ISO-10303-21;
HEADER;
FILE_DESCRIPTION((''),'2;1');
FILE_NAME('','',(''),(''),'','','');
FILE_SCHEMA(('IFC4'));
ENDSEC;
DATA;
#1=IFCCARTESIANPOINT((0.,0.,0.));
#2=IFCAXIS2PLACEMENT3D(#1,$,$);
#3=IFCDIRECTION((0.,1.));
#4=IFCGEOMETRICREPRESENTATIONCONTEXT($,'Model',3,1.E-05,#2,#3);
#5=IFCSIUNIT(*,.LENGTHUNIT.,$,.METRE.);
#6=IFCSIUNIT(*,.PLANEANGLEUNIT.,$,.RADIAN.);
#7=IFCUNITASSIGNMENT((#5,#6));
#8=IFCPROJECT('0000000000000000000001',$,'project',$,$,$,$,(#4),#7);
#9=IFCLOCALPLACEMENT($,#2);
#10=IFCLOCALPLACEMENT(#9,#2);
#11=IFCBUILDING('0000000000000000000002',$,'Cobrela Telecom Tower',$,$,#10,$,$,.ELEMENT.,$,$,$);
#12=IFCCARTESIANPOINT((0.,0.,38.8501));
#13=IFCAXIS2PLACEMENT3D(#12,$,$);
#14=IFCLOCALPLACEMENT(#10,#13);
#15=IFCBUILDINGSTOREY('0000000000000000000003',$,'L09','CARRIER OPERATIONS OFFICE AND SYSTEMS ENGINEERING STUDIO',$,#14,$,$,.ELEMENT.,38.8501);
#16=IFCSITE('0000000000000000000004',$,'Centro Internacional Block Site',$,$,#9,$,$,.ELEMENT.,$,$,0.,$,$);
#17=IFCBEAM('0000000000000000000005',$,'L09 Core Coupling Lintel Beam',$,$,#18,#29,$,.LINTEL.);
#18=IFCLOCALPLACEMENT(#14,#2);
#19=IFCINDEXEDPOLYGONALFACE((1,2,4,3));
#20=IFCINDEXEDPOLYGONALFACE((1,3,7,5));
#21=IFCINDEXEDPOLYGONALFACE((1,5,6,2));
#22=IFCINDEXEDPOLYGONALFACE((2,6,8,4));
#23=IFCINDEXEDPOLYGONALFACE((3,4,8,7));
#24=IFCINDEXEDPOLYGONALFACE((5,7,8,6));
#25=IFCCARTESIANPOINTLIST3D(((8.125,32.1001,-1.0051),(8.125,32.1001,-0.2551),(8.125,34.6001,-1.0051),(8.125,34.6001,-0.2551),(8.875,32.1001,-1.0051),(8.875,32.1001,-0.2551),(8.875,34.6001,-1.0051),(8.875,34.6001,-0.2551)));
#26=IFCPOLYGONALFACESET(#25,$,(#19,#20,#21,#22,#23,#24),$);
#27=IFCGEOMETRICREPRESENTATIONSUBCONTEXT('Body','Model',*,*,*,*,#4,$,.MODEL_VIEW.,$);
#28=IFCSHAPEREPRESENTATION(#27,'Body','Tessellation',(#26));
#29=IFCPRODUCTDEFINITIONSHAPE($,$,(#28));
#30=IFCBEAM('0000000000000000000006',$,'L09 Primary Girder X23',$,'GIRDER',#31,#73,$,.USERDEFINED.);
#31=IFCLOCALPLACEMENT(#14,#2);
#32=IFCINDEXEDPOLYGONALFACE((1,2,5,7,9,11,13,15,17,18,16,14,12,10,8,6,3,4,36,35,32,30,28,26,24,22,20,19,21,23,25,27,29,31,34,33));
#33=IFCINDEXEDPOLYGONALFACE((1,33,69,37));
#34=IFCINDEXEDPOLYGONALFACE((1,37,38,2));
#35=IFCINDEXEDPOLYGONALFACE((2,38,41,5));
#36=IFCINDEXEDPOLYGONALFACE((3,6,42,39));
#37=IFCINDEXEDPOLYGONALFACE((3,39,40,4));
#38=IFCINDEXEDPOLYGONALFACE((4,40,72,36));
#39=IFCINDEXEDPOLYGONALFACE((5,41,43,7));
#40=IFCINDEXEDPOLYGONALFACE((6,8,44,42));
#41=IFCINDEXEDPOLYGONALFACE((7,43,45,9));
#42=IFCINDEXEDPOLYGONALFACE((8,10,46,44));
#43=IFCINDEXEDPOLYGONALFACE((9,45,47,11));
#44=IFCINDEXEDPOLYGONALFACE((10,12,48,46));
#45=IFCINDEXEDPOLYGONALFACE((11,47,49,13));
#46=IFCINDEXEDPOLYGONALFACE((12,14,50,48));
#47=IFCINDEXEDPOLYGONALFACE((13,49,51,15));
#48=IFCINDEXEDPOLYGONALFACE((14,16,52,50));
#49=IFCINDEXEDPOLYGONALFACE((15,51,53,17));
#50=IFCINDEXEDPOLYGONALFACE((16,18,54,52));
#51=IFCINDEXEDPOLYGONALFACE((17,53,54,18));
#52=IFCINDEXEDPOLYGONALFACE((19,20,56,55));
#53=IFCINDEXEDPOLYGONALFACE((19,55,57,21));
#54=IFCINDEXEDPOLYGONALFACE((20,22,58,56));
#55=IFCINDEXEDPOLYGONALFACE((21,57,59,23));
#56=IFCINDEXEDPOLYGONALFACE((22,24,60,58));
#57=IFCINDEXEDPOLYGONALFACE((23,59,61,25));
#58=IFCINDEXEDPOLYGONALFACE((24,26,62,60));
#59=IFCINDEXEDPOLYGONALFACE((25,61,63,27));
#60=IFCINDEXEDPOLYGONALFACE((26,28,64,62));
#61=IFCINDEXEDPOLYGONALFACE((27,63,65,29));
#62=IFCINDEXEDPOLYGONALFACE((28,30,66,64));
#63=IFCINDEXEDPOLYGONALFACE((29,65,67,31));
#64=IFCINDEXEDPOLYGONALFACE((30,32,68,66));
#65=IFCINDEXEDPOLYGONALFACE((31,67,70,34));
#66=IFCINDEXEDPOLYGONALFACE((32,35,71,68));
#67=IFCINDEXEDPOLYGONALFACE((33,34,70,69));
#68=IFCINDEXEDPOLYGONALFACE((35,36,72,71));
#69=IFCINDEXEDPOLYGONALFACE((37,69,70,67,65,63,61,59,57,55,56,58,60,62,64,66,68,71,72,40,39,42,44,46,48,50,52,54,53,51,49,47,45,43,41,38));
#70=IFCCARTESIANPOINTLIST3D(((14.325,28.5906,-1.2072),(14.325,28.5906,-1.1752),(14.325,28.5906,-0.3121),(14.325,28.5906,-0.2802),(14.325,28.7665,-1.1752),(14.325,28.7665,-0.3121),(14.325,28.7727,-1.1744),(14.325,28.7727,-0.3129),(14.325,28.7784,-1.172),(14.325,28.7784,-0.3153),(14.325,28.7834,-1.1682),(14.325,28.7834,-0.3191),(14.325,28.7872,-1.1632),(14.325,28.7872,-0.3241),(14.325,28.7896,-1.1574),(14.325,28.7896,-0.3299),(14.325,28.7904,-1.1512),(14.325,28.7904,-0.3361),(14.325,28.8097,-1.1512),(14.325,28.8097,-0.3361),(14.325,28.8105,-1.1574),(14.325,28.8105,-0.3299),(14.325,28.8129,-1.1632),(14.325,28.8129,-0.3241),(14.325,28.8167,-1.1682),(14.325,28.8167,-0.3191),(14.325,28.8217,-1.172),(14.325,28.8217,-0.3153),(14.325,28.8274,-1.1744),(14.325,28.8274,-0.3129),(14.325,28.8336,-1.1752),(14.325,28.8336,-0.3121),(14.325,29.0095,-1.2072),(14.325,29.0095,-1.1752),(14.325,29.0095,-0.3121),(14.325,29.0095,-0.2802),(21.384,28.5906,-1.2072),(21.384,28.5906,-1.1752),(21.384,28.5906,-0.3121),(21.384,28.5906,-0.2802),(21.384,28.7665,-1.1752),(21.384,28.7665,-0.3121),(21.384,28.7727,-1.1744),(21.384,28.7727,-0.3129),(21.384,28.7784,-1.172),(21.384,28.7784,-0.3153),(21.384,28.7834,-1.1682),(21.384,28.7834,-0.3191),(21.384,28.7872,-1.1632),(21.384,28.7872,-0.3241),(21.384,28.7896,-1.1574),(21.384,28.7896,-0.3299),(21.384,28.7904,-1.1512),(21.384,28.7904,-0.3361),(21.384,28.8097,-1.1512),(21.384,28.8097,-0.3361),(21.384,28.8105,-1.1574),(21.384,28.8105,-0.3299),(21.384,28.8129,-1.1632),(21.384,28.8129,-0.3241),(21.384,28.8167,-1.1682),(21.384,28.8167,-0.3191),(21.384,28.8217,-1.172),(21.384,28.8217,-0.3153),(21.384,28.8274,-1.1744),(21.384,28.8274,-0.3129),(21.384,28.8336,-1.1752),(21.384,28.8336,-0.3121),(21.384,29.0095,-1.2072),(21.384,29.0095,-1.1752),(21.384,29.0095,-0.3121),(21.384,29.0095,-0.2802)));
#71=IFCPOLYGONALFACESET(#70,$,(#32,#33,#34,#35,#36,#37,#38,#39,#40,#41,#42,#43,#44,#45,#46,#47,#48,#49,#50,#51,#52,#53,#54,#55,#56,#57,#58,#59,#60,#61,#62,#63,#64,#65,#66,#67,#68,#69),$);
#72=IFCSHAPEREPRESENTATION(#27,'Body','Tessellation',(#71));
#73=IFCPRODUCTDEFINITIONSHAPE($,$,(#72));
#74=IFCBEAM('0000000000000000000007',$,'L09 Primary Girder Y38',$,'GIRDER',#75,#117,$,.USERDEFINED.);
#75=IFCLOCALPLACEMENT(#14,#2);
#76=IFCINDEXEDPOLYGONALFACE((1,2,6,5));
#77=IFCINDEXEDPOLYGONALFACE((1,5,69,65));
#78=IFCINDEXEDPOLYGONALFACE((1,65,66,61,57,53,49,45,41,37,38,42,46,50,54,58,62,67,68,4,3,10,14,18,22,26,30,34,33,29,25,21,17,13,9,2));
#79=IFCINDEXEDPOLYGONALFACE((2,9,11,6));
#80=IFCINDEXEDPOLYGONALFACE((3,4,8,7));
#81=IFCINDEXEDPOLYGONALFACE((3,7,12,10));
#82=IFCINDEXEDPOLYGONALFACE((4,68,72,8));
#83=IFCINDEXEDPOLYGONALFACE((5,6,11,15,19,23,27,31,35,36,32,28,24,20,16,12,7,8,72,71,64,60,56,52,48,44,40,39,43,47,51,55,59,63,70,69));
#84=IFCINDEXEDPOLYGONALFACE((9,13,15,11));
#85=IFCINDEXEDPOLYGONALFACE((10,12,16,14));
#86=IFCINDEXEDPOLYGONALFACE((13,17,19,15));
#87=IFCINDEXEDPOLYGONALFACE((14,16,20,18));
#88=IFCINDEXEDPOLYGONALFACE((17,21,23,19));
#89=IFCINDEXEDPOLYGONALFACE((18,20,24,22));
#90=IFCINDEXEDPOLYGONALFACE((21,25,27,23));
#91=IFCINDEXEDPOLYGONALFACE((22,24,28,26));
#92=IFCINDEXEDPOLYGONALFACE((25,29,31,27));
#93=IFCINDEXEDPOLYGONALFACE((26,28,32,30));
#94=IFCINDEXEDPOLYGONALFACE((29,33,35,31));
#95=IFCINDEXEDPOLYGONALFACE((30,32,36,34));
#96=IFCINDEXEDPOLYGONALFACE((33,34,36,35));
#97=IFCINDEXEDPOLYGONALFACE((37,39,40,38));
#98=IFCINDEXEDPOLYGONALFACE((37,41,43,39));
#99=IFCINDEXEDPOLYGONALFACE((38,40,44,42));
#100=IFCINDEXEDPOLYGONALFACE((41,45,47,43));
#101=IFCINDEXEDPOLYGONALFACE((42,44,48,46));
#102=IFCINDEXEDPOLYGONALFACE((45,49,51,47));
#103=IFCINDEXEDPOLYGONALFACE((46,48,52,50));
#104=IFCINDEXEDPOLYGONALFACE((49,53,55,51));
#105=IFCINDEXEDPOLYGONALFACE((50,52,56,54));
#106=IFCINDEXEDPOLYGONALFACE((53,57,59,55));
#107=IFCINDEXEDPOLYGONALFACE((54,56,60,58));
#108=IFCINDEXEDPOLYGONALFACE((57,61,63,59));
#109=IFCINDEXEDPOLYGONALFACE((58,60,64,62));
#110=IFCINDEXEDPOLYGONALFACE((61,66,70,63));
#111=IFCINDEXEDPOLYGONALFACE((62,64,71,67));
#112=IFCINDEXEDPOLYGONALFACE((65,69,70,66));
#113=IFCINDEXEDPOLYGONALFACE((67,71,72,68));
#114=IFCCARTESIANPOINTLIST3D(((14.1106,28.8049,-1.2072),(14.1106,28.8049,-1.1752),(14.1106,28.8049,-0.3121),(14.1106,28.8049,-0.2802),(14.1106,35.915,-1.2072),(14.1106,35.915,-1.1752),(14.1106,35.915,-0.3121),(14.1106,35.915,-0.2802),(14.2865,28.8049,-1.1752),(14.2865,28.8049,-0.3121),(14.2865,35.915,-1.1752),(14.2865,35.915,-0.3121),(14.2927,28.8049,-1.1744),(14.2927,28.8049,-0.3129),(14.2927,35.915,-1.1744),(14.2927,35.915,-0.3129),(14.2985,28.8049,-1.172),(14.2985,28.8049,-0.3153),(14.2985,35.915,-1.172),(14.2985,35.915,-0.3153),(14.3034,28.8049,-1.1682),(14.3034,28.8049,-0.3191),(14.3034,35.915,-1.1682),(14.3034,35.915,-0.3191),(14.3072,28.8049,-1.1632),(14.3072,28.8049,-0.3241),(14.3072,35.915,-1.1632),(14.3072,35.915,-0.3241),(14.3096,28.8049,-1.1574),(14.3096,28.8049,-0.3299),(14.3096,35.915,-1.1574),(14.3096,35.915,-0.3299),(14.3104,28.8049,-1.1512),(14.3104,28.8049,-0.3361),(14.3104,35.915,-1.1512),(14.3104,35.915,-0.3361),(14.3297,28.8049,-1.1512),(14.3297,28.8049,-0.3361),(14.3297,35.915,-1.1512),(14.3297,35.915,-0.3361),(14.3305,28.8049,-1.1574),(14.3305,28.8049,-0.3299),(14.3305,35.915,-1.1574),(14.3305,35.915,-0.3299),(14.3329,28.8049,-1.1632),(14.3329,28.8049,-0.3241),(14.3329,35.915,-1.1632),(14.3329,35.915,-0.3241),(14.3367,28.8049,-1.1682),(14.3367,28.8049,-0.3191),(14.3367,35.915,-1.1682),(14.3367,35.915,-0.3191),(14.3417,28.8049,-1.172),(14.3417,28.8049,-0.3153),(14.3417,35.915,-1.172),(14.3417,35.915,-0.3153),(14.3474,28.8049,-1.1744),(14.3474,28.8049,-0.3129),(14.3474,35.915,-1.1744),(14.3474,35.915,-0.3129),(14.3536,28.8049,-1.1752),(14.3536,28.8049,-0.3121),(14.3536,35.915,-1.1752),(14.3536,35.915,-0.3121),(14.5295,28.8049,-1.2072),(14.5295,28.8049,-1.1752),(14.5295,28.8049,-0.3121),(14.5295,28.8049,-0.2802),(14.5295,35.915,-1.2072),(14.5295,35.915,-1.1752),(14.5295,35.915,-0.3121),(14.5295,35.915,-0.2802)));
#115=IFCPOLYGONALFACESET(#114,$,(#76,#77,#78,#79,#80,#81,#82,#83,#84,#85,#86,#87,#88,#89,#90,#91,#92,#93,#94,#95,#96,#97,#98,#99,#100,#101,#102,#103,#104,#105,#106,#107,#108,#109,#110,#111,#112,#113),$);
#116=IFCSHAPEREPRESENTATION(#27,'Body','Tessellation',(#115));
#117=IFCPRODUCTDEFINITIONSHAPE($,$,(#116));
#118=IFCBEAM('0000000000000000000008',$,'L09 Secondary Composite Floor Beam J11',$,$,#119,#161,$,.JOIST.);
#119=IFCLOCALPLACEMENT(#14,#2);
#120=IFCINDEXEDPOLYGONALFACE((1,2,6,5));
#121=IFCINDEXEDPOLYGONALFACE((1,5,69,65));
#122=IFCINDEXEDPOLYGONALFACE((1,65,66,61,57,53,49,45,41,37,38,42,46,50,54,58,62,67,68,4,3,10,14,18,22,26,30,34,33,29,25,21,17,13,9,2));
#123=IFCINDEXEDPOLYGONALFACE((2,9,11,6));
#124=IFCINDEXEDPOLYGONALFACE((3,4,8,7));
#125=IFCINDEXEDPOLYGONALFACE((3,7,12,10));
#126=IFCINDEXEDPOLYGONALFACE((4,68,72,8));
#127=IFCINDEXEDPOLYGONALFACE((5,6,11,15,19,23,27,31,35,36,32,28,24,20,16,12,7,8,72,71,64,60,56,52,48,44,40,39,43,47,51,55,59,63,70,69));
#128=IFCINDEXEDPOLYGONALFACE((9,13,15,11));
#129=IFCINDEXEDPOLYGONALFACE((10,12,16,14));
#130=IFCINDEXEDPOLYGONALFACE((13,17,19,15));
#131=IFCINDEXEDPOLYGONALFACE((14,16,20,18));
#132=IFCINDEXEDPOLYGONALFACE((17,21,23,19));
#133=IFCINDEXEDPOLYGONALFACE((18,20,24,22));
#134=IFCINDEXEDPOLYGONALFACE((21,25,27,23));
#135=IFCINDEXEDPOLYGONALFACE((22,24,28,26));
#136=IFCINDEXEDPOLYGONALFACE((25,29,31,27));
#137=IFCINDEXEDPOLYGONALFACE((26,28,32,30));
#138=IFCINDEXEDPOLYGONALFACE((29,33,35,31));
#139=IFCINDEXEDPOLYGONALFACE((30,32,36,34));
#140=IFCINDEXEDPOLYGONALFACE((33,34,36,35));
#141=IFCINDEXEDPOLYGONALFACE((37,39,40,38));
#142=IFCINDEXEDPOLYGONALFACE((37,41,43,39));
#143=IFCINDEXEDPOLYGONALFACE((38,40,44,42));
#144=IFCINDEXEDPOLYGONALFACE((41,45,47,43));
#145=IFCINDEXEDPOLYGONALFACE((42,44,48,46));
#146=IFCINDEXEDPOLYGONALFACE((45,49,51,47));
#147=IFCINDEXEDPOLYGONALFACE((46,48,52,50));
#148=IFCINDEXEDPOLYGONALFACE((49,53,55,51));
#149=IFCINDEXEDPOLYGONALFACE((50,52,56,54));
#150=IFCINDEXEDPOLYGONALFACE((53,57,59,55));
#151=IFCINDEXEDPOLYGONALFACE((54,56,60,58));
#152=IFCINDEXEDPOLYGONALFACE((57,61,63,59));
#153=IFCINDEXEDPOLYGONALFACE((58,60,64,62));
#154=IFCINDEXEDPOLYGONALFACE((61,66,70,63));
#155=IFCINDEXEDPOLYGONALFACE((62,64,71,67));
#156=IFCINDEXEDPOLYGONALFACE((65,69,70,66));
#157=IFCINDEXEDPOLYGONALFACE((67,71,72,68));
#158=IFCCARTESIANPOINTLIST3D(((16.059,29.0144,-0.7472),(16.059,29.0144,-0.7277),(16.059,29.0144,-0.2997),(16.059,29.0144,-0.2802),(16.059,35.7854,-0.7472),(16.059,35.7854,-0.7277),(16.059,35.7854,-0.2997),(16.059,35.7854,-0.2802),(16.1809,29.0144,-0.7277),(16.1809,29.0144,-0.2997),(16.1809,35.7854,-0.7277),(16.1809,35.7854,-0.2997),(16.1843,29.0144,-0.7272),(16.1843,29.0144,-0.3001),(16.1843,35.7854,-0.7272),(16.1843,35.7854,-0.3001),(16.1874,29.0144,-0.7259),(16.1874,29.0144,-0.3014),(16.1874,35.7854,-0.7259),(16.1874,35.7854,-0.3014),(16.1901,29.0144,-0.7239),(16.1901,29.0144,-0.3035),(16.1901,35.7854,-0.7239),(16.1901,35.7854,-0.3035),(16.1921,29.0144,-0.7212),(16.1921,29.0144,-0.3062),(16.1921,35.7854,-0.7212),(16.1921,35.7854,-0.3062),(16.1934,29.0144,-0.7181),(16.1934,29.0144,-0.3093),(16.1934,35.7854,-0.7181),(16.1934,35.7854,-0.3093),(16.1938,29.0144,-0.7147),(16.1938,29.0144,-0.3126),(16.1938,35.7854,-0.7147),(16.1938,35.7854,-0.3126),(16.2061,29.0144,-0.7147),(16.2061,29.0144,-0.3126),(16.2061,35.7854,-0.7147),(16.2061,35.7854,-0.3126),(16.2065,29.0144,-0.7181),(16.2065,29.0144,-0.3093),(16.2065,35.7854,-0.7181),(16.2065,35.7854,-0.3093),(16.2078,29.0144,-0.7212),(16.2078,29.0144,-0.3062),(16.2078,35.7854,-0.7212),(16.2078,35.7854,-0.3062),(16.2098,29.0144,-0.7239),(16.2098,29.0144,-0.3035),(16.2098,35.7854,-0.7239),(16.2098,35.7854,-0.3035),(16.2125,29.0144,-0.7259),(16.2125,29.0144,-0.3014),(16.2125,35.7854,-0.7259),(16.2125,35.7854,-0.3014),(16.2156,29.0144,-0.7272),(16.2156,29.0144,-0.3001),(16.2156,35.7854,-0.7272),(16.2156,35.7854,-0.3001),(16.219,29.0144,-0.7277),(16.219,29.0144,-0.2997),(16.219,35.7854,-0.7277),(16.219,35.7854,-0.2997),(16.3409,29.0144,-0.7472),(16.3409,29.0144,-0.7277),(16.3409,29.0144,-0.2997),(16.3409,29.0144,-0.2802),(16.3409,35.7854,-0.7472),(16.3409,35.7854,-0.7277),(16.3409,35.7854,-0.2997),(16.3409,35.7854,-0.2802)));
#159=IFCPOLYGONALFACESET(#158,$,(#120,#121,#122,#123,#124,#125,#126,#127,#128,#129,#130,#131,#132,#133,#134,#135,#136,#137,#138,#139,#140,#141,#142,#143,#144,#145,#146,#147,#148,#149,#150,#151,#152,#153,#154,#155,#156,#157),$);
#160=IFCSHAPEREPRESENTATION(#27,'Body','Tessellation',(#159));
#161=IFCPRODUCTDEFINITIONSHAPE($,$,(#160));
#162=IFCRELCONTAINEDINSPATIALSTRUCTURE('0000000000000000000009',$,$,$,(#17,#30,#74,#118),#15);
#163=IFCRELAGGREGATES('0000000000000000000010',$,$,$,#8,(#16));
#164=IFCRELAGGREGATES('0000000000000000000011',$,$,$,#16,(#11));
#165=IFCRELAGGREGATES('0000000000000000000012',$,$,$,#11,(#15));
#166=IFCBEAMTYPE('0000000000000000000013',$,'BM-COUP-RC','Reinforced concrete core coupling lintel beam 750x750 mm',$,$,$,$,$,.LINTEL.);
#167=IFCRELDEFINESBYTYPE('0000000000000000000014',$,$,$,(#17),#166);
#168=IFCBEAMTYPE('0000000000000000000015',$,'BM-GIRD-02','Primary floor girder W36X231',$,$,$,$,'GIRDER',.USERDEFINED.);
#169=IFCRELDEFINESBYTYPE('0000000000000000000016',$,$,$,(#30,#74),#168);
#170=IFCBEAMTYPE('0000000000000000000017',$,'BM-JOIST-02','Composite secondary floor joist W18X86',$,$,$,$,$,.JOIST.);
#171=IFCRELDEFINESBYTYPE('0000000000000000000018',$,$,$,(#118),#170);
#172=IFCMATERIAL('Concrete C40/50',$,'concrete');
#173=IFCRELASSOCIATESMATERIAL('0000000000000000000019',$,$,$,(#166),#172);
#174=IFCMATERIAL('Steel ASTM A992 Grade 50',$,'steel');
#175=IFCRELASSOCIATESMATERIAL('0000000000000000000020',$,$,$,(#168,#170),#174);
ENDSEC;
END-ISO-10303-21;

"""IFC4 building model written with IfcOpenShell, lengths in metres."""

from ifc_helpers import new_model, si_unit, direction, frame, origin, origin_2d, place, context, subcontext, project, spatial, rectangle, i_section, extrude, material, material_profile, profile_set, type_object, element, save


model = new_model("IFC4")

# Units and contexts
model_context = context("Model", 3, precision=1e-05, world=origin(), true_north=direction((0.0, 1.0)))
body_context = subcontext(model_context, "Body", "Model", "MODEL_VIEW")
ifc_project = project(units=[si_unit("LENGTHUNIT", "METRE"), si_unit("PLANEANGLEUNIT", "RADIAN")], contexts=[model_context])

# Site, building, storey
site_placement = place(None, origin())
site = spatial("IfcSite", under=ifc_project, at=site_placement, Name="Centro Internacional Block Site", CompositionType="ELEMENT", RefElevation=0.0)
building_placement = place(site_placement, origin())
building = spatial("IfcBuilding", under=site, at=building_placement, Name="Cobrela Telecom Tower", CompositionType="ELEMENT")
storey_placement = place(building_placement, frame((0.0, 0.0, 38.8501)))
storey = spatial("IfcBuildingStorey", under=building, at=storey_placement, Name="L09", Description="CARRIER OPERATIONS OFFICE AND SYSTEMS ENGINEERING STUDIO", CompositionType="ELEMENT", Elevation=38.8501)

# Beams
ifc_material_1 = material(Name="Concrete C40/50", Category="concrete")
ifc_material_profile_1 = material_profile(ifc_material_1, rectangle(XDim=0.75, YDim=0.75, at=origin_2d()), Name="RC 750x750")
ifc_profile_set_1 = profile_set([ifc_material_profile_1], Name="Concrete C40/50")
beam_type_1 = type_object("IfcBeamType", Name="BM-COUP-RC", Description="Reinforced concrete core coupling lintel beam 750x750 mm", PredefinedType="LINTEL", material=ifc_profile_set_1)
beam_1_placement = place(storey_placement, frame((8.5, 32.1001, -0.6301), z_axis=(0.0, 1.0, 0.0), x_axis=(-1.0, 0.0, 0.0)))
element("IfcBeam", 1, at=beam_1_placement, inside=storey, type_object=beam_type_1, Name="L09 Core Coupling Lintel Beam", PredefinedType="LINTEL", context=body_context, shape_type="SweptSolid", body=[
    extrude(rectangle(XDim=0.75, YDim=0.75, at=origin_2d()), origin(), (0.0, 0.0, 1.0), 2.5),
])
ifc_material_2 = material(Name="Steel ASTM A992 Grade 50", Category="steel")
ifc_material_profile_2 = material_profile(ifc_material_2, i_section(OverallWidth=0.4189, OverallDepth=0.927, WebThickness=0.0193, FlangeThickness=0.032, FilletRadius=0.0239, at=origin_2d()), Name="W36X231")
ifc_profile_set_2 = profile_set([ifc_material_profile_2], Name="Steel ASTM A992 Grade 50")
beam_type_2 = type_object("IfcBeamType", Name="BM-GIRD-02", Description="Primary floor girder W36X231", ElementType="GIRDER", PredefinedType="USERDEFINED", material=ifc_profile_set_2)
beam_2_placement = place(storey_placement, frame((14.325, 28.8, -0.7437), z_axis=(1.0, 0.0, 0.0), x_axis=(0.0, 1.0, 0.0)))
element("IfcBeam", 2, at=beam_2_placement, inside=storey, type_object=beam_type_2, Name="L09 Primary Girder X23", ObjectType="GIRDER", PredefinedType="USERDEFINED", context=body_context, shape_type="SweptSolid", body=[
    extrude(i_section(OverallWidth=0.4189, OverallDepth=0.927, WebThickness=0.0193, FlangeThickness=0.032, FilletRadius=0.0239, at=origin_2d()), origin(), (0.0, 0.0, 1.0), 7.0591),
])
beam_3_placement = place(storey_placement, frame((14.3201, 28.8049, -0.7437), z_axis=(0.0, 1.0, 0.0), x_axis=(-1.0, 0.0, 0.0)))
element("IfcBeam", 3, at=beam_3_placement, inside=storey, type_object=beam_type_2, Name="L09 Primary Girder Y38", ObjectType="GIRDER", PredefinedType="USERDEFINED", context=body_context, shape_type="SweptSolid", body=[
    extrude(i_section(OverallWidth=0.4189, OverallDepth=0.927, WebThickness=0.0193, FlangeThickness=0.032, FilletRadius=0.0239, at=origin_2d()), origin(), (0.0, 0.0, 1.0), 7.1101),
])
ifc_material_profile_3 = material_profile(ifc_material_2, i_section(OverallWidth=0.282, OverallDepth=0.467, WebThickness=0.0122, FlangeThickness=0.0195, FilletRadius=0.0129, at=origin_2d()), Name="W18X86")
ifc_profile_set_3 = profile_set([ifc_material_profile_3], Name="Steel ASTM A992 Grade 50")
beam_type_3 = type_object("IfcBeamType", Name="BM-JOIST-02", Description="Composite secondary floor joist W18X86", PredefinedType="JOIST", material=ifc_profile_set_3)
for number, where, z_axis, x_axis, name in (
    (4, (16.2, 29.0144, -0.5137), (0.0, 1.0, 0.0), (-1.0, 0.0, 0.0), "L09 Secondary Composite Floor Beam J11"),
):
    element("IfcBeam", number, at=place(storey_placement, frame(where, z_axis=z_axis, x_axis=x_axis)), inside=storey, type_object=beam_type_3, Name=name, PredefinedType="JOIST", context=body_context, shape_type="SweptSolid", body=[
        extrude(i_section(OverallWidth=0.282, OverallDepth=0.467, WebThickness=0.0122, FlangeThickness=0.0195, FilletRadius=0.0129, at=origin_2d()), origin(), (0.0, 0.0, 1.0), 6.771),
    ])

save(model, "model.ifc")
